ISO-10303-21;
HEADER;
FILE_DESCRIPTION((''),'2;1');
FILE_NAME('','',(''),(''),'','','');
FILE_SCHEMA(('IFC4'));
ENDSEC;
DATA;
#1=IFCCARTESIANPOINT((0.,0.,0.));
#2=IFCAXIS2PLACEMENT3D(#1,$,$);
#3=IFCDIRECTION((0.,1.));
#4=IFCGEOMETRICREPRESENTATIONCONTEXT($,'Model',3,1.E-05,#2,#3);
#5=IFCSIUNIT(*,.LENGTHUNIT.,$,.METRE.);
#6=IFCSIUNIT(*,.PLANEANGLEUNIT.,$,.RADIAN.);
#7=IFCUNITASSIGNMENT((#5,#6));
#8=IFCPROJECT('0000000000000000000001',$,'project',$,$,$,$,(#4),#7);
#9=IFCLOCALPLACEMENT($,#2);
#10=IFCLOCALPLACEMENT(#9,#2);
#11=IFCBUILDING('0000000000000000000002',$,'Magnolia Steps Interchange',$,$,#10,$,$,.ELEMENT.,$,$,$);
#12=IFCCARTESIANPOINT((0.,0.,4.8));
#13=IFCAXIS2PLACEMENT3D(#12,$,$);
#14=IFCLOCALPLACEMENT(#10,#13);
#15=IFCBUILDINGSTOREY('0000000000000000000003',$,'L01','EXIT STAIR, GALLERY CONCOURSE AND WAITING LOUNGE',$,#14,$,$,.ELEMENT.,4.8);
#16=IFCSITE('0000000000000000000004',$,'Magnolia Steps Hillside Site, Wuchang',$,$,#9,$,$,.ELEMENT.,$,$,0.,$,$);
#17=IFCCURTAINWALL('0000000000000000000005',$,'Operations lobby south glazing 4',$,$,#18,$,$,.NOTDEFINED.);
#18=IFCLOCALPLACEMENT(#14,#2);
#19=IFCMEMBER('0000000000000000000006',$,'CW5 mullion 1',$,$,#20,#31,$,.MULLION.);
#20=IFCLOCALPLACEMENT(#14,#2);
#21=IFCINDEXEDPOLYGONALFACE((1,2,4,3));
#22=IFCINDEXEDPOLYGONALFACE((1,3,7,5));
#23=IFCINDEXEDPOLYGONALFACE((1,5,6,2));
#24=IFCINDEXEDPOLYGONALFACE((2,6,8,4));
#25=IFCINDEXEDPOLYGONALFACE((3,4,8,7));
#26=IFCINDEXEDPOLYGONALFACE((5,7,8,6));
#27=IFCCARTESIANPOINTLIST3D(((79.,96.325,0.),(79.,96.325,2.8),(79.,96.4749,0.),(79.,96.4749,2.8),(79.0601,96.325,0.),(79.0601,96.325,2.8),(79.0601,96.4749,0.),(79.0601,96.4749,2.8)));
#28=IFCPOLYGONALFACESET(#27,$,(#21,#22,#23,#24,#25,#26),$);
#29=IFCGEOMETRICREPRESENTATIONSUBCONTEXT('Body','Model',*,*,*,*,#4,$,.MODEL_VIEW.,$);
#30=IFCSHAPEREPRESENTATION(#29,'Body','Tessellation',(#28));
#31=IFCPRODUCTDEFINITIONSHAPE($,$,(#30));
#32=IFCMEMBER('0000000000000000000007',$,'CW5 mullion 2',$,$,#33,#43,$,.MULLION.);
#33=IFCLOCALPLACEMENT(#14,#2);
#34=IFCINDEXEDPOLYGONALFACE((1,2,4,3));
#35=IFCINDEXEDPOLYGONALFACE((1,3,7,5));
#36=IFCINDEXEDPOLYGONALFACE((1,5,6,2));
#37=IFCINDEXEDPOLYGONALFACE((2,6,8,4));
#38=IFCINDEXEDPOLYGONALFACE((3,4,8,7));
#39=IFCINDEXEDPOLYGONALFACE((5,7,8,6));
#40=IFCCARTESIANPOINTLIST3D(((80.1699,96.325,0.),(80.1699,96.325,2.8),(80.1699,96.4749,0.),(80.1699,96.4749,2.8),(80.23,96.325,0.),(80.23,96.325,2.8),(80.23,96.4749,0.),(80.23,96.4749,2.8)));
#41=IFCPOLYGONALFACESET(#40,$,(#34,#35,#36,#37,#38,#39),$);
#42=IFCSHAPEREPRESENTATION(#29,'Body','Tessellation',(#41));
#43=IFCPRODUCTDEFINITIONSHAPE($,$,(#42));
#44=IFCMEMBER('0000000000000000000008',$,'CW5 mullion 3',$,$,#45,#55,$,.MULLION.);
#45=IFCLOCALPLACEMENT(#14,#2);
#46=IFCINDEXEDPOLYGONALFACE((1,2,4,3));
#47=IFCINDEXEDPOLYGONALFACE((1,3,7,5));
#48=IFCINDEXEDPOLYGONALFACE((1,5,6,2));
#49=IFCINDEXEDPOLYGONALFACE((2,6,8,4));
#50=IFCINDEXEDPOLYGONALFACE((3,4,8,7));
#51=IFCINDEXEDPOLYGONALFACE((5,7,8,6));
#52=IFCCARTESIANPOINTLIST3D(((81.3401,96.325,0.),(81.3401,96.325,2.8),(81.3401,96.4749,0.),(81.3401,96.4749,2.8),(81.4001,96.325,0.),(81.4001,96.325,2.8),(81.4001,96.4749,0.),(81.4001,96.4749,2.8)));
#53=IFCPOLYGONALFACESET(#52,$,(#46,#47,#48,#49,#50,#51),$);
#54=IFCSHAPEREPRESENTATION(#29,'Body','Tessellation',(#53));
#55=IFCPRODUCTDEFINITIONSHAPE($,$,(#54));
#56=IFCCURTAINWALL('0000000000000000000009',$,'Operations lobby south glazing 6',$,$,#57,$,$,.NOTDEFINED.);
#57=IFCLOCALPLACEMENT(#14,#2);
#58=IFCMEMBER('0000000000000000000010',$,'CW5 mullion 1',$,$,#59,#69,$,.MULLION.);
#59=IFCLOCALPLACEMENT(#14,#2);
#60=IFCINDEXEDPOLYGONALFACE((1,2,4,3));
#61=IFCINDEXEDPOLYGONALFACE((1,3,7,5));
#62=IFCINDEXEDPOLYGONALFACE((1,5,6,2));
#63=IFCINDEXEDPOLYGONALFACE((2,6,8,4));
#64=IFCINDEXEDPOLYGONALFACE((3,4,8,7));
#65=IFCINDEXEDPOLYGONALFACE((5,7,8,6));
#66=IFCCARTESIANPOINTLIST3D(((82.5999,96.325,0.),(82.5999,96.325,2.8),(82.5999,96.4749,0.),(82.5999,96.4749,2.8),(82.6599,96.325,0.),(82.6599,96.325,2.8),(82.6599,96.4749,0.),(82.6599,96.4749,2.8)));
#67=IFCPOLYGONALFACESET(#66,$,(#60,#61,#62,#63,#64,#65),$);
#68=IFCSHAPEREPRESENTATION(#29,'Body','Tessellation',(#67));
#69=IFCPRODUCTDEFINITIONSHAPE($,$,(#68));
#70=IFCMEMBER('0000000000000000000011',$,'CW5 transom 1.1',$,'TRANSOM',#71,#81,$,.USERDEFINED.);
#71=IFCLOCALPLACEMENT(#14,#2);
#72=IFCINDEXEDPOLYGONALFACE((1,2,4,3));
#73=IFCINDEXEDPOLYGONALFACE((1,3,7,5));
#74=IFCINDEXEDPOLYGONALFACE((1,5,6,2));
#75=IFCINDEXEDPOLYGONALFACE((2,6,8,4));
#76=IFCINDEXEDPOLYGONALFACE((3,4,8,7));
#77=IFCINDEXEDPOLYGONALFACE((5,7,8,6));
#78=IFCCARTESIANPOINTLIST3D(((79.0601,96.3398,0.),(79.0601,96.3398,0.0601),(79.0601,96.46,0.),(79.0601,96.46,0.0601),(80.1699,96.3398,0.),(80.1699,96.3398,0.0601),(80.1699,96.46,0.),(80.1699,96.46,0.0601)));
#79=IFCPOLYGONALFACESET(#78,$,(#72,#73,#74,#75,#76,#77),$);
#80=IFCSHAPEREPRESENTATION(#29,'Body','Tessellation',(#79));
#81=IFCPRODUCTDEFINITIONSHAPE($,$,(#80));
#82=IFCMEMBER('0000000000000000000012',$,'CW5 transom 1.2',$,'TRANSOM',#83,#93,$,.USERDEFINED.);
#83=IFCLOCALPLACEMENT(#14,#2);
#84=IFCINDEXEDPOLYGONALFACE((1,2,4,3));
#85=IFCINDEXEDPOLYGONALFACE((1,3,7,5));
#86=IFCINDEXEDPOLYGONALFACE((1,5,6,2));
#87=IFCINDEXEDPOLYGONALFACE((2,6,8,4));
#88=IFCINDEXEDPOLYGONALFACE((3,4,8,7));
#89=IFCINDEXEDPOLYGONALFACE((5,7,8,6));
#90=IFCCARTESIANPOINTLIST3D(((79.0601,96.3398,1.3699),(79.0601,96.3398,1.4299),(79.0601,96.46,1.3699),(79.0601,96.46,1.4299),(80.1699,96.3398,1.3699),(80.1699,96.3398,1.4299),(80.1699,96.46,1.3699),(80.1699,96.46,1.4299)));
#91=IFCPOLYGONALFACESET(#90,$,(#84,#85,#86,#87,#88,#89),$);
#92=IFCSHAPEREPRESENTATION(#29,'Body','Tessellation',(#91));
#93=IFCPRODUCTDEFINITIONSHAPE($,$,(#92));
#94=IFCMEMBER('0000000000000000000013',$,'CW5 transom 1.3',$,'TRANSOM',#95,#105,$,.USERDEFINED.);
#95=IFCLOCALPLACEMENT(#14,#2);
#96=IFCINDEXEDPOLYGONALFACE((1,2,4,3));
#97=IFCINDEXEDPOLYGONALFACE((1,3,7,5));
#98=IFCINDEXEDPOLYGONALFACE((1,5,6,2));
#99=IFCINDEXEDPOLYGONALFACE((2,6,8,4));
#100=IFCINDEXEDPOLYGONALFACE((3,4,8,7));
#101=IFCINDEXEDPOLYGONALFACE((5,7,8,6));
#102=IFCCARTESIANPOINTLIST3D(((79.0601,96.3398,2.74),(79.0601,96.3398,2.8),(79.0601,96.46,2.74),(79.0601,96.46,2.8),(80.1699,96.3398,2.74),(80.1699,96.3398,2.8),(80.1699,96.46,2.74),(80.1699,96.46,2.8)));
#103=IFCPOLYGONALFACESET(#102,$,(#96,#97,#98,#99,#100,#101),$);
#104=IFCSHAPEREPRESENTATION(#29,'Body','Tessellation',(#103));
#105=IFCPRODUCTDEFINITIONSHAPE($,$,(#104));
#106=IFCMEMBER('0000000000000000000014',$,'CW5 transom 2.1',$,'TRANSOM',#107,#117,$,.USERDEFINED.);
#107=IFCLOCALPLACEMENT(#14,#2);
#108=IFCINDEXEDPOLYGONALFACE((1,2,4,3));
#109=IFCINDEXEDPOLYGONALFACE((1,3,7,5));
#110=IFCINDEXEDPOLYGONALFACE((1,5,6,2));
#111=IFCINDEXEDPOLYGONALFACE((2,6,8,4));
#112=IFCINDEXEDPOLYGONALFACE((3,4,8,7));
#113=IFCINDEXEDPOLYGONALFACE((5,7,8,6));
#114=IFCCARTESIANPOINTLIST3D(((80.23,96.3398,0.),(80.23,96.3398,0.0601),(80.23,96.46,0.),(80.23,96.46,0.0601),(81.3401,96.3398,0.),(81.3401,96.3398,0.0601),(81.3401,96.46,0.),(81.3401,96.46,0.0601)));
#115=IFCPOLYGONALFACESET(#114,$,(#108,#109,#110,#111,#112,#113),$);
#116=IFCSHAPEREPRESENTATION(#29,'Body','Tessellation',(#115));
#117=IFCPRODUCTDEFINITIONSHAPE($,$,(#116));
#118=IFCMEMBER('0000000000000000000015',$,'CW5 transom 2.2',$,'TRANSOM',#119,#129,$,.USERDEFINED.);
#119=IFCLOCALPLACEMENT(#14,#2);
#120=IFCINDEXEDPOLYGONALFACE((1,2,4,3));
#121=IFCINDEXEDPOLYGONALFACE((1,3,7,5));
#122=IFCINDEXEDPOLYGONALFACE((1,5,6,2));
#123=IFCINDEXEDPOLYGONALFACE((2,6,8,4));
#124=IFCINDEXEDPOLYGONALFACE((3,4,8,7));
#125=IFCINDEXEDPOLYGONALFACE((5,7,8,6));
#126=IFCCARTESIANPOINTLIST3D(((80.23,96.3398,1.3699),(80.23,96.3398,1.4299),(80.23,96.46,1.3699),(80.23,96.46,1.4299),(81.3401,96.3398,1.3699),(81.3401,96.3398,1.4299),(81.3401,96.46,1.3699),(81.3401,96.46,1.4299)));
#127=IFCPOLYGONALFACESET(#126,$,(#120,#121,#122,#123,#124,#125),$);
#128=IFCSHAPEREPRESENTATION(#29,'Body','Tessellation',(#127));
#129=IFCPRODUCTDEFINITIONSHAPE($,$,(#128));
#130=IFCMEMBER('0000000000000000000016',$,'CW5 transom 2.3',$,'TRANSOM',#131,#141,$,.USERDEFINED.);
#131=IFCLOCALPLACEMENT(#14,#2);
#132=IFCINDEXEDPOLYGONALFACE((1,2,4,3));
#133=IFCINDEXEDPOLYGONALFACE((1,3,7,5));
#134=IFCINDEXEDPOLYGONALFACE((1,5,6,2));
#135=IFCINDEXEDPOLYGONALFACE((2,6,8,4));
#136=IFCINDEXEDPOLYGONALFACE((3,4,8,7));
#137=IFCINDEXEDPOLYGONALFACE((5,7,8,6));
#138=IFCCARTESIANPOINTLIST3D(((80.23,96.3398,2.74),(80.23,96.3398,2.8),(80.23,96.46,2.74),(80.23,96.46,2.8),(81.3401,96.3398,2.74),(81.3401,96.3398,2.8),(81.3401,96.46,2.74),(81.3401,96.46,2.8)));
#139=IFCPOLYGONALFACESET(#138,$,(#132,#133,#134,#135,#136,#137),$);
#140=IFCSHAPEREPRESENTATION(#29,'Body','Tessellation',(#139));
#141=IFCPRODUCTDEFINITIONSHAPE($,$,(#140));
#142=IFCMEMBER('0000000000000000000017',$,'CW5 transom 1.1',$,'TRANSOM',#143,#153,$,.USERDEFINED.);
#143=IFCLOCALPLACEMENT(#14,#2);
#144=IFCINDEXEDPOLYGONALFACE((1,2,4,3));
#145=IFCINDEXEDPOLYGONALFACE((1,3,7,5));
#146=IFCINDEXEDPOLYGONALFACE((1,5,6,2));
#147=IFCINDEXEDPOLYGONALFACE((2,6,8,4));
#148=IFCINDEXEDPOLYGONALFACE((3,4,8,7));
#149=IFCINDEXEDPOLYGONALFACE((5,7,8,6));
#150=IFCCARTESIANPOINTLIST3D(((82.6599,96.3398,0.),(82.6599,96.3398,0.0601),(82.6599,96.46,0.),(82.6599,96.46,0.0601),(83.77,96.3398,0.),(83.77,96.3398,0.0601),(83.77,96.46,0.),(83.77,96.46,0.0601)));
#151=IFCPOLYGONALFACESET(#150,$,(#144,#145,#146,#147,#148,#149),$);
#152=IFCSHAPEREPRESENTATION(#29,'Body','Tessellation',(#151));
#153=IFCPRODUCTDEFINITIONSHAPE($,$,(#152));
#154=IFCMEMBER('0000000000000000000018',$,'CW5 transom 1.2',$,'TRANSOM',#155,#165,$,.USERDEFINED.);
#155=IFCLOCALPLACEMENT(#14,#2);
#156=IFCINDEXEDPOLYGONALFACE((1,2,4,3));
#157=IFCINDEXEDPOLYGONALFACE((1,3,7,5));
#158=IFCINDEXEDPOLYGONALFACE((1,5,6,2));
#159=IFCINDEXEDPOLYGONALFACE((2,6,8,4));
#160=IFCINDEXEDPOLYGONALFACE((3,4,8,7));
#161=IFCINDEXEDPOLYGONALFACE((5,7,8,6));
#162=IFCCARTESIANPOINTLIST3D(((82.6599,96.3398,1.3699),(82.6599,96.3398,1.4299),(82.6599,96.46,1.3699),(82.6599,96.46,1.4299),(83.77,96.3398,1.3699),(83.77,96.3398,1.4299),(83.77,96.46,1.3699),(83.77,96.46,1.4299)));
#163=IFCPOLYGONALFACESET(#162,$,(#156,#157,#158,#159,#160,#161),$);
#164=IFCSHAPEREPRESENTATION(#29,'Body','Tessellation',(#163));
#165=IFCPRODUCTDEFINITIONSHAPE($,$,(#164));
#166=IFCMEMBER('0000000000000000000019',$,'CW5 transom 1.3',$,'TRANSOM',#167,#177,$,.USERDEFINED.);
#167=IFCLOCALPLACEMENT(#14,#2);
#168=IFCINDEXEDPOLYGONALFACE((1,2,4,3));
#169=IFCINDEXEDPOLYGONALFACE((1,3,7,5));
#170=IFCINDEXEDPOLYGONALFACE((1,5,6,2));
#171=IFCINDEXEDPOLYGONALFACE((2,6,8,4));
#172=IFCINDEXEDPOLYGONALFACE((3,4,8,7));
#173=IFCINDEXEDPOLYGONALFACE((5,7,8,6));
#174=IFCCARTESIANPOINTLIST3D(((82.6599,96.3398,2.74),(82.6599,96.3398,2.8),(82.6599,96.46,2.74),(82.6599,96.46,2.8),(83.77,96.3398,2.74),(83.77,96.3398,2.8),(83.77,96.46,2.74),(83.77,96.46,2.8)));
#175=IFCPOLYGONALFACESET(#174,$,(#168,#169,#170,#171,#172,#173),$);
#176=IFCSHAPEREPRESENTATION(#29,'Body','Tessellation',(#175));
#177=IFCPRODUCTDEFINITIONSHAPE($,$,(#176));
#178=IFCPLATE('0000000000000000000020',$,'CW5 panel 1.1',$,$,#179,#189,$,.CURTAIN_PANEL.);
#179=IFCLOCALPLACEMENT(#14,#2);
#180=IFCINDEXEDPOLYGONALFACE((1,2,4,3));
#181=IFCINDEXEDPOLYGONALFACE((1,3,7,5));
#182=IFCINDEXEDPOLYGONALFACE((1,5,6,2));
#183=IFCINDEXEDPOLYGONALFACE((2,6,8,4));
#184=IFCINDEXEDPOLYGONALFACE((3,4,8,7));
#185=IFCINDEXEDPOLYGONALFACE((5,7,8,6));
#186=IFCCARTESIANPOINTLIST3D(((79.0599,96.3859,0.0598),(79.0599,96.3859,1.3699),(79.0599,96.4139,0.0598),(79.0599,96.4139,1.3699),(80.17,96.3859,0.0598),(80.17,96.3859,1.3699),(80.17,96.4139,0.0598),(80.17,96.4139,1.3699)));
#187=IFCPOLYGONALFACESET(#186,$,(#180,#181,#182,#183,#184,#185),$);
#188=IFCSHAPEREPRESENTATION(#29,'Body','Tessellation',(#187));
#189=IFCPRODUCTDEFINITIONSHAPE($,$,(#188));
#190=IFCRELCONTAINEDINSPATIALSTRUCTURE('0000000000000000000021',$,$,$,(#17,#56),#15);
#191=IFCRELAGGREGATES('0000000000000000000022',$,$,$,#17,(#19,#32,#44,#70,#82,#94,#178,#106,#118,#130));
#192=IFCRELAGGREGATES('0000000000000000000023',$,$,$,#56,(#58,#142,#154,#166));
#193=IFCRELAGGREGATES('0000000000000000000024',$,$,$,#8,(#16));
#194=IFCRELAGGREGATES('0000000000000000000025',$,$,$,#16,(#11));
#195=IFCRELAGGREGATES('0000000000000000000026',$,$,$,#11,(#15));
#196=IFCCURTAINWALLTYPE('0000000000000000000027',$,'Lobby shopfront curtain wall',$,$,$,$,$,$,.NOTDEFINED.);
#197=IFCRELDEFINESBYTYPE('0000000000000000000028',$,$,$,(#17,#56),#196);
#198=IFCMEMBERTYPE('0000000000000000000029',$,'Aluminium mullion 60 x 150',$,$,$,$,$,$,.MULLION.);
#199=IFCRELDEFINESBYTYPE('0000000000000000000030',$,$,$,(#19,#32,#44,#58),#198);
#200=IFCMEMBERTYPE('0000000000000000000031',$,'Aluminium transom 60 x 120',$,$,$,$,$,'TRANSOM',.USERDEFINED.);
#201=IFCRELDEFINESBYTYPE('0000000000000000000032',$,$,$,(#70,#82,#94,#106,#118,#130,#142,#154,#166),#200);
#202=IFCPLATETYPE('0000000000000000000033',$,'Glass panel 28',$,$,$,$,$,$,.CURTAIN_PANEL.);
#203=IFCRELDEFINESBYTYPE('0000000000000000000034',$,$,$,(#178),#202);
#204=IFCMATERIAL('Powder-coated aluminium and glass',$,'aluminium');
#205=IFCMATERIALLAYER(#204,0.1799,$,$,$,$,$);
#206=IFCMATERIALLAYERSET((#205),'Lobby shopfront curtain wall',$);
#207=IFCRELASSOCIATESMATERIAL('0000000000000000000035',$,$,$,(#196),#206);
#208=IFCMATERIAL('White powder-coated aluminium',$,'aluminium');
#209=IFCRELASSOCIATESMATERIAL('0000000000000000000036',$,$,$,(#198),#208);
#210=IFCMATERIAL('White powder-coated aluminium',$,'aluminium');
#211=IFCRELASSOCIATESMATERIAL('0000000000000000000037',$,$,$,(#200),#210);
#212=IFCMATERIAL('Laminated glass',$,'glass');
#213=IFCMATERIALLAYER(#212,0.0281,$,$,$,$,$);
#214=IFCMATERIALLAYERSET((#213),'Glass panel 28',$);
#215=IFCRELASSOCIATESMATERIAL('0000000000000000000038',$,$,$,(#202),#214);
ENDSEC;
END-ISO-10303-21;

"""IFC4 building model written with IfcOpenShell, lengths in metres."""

from ifc_helpers import new_model, si_unit, direction, frame, origin, origin_2d, place, context, subcontext, project, spatial, rectangle, extrude, material, layer, layer_set, material_profile, profile_set, type_object, element, aggregate, save


model = new_model("IFC4")

# Units and contexts
model_context = context("Model", 3, precision=1e-05, world=origin(), true_north=direction((0.0, 1.0)))
body_context = subcontext(model_context, "Body", "Model", "MODEL_VIEW")
ifc_project = project(units=[si_unit("LENGTHUNIT", "METRE"), si_unit("PLANEANGLEUNIT", "RADIAN")], contexts=[model_context])

# Site, building, storey
site_placement = place(None, origin())
site = spatial("IfcSite", under=ifc_project, at=site_placement, Name="Magnolia Steps Hillside Site, Wuchang", CompositionType="ELEMENT", RefElevation=0.0)
building_placement = place(site_placement, origin())
building = spatial("IfcBuilding", under=site, at=building_placement, Name="Magnolia Steps Interchange", CompositionType="ELEMENT")
storey_placement = place(building_placement, frame((0.0, 0.0, 4.8)))
storey = spatial("IfcBuildingStorey", under=building, at=storey_placement, Name="L01", Description="EXIT STAIR, GALLERY CONCOURSE AND WAITING LOUNGE", CompositionType="ELEMENT", Elevation=4.8)

# Curtain wall, members
ifc_material_1 = material(Name="Powder-coated aluminium and glass", Category="aluminium")
ifc_layer_1 = layer(ifc_material_1, 0.1799)
ifc_layer_set_1 = layer_set([ifc_layer_1], Name="Lobby shopfront curtain wall")
curtain_wall_type = type_object("IfcCurtainWallType", Name="Lobby shopfront curtain wall", PredefinedType="NOTDEFINED", material=ifc_layer_set_1)
curtain_wall_1_placement = place(storey_placement, origin())
curtain_wall_1 = element("IfcCurtainWall", 1, at=curtain_wall_1_placement, inside=storey, type_object=curtain_wall_type, Name="Operations lobby south glazing 4", PredefinedType="NOTDEFINED")
ifc_material_2 = material(Name="White powder-coated aluminium", Category="aluminium")
ifc_material_profile_1 = material_profile(ifc_material_2, rectangle(XDim=0.0601, YDim=0.1499, at=origin_2d()), Name="Aluminium mullion 60 x 150")
ifc_profile_set_1 = profile_set([ifc_material_profile_1], Name="White powder-coated aluminium")
member_type_1 = type_object("IfcMemberType", Name="Aluminium mullion 60 x 150", PredefinedType="MULLION", material=ifc_profile_set_1)
member_1_placement = place(storey_placement, frame((79.03, 96.3999, 0.0), z_axis=(0.0, 0.0, 1.0), x_axis=(1.0, 0.0, 0.0)))
member_1 = element("IfcMember", 2, at=member_1_placement, type_object=member_type_1, Name="CW5 mullion 1", PredefinedType="MULLION", context=body_context, shape_type="SweptSolid", body=[
    extrude(rectangle(XDim=0.0601, YDim=0.1499, at=origin_2d()), origin(), (0.0, 0.0, 1.0), 2.8),
])
member_2_placement = place(storey_placement, frame((80.2, 96.3999, 0.0), z_axis=(0.0, 0.0, 1.0), x_axis=(1.0, 0.0, 0.0)))
member_2 = element("IfcMember", 3, at=member_2_placement, type_object=member_type_1, Name="CW5 mullion 2", PredefinedType="MULLION", context=body_context, shape_type="SweptSolid", body=[
    extrude(rectangle(XDim=0.0601, YDim=0.1499, at=origin_2d()), origin(), (0.0, 0.0, 1.0), 2.8),
])
member_3_placement = place(storey_placement, frame((81.3701, 96.3999, 0.0), z_axis=(0.0, 0.0, 1.0), x_axis=(1.0, 0.0, 0.0)))
member_3 = element("IfcMember", 4, at=member_3_placement, type_object=member_type_1, Name="CW5 mullion 3", PredefinedType="MULLION", context=body_context, shape_type="SweptSolid", body=[
    extrude(rectangle(XDim=0.0601, YDim=0.1499, at=origin_2d()), origin(), (0.0, 0.0, 1.0), 2.8),
])

# Curtain wall, member
curtain_wall_2_placement = place(storey_placement, origin())
curtain_wall_2 = element("IfcCurtainWall", 5, at=curtain_wall_2_placement, inside=storey, type_object=curtain_wall_type, Name="Operations lobby south glazing 6", PredefinedType="NOTDEFINED")
member_4_placement = place(storey_placement, frame((82.6299, 96.3999, 0.0), z_axis=(0.0, 0.0, 1.0), x_axis=(1.0, 0.0, 0.0)))
member_4 = element("IfcMember", 6, at=member_4_placement, type_object=member_type_1, Name="CW5 mullion 1", PredefinedType="MULLION", context=body_context, shape_type="SweptSolid", body=[
    extrude(rectangle(XDim=0.0601, YDim=0.1499, at=origin_2d()), origin(), (0.0, 0.0, 1.0), 2.8),
])

# Members
ifc_material_3 = material(Name="White powder-coated aluminium", Category="aluminium")
ifc_material_profile_2 = material_profile(ifc_material_3, rectangle(XDim=0.0601, YDim=0.1201, at=origin_2d()), Name="Aluminium transom 60 x 120")
ifc_profile_set_2 = profile_set([ifc_material_profile_2], Name="White powder-coated aluminium")
member_type_2 = type_object("IfcMemberType", Name="Aluminium transom 60 x 120", ElementType="TRANSOM", PredefinedType="USERDEFINED", material=ifc_profile_set_2)
member_5_placement = place(storey_placement, frame((79.0601, 96.3999, 0.03), z_axis=(1.0, 0.0, 0.0), x_axis=(0.0, 0.0, 1.0)))
member_5 = element("IfcMember", 7, at=member_5_placement, type_object=member_type_2, Name="CW5 transom 1.1", ObjectType="TRANSOM", PredefinedType="USERDEFINED", context=body_context, shape_type="SweptSolid", body=[
    extrude(rectangle(XDim=0.0601, YDim=0.1201, at=origin_2d()), origin(), (0.0, 0.0, 1.0), 1.1099),
])
member_6_placement = place(storey_placement, frame((79.0601, 96.3999, 1.3999), z_axis=(1.0, 0.0, 0.0), x_axis=(0.0, 0.0, 1.0)))
member_6 = element("IfcMember", 8, at=member_6_placement, type_object=member_type_2, Name="CW5 transom 1.2", ObjectType="TRANSOM", PredefinedType="USERDEFINED", context=body_context, shape_type="SweptSolid", body=[
    extrude(rectangle(XDim=0.0601, YDim=0.1201, at=origin_2d()), origin(), (0.0, 0.0, 1.0), 1.1099),
])
member_7_placement = place(storey_placement, frame((79.0601, 96.3999, 2.77), z_axis=(1.0, 0.0, 0.0), x_axis=(0.0, 0.0, 1.0)))
member_7 = element("IfcMember", 9, at=member_7_placement, type_object=member_type_2, Name="CW5 transom 1.3", ObjectType="TRANSOM", PredefinedType="USERDEFINED", context=body_context, shape_type="SweptSolid", body=[
    extrude(rectangle(XDim=0.0601, YDim=0.1201, at=origin_2d()), origin(), (0.0, 0.0, 1.0), 1.1099),
])
member_8_placement = place(storey_placement, frame((80.23, 96.3999, 0.03), z_axis=(1.0, 0.0, 0.0), x_axis=(0.0, 0.0, 1.0)))
member_8 = element("IfcMember", 10, at=member_8_placement, type_object=member_type_2, Name="CW5 transom 2.1", ObjectType="TRANSOM", PredefinedType="USERDEFINED", context=body_context, shape_type="SweptSolid", body=[
    extrude(rectangle(XDim=0.0601, YDim=0.1201, at=origin_2d()), origin(), (0.0, 0.0, 1.0), 1.1101),
])
member_9_placement = place(storey_placement, frame((80.23, 96.3999, 1.3999), z_axis=(1.0, 0.0, 0.0), x_axis=(0.0, 0.0, 1.0)))
member_9 = element("IfcMember", 11, at=member_9_placement, type_object=member_type_2, Name="CW5 transom 2.2", ObjectType="TRANSOM", PredefinedType="USERDEFINED", context=body_context, shape_type="SweptSolid", body=[
    extrude(rectangle(XDim=0.0601, YDim=0.1201, at=origin_2d()), origin(), (0.0, 0.0, 1.0), 1.1101),
])
member_10_placement = place(storey_placement, frame((80.23, 96.3999, 2.77), z_axis=(1.0, 0.0, 0.0), x_axis=(0.0, 0.0, 1.0)))
member_10 = element("IfcMember", 12, at=member_10_placement, type_object=member_type_2, Name="CW5 transom 2.3", ObjectType="TRANSOM", PredefinedType="USERDEFINED", context=body_context, shape_type="SweptSolid", body=[
    extrude(rectangle(XDim=0.0601, YDim=0.1201, at=origin_2d()), origin(), (0.0, 0.0, 1.0), 1.1101),
])
member_11_placement = place(storey_placement, frame((82.6599, 96.3999, 0.03), z_axis=(1.0, 0.0, 0.0), x_axis=(0.0, 0.0, 1.0)))
member_11 = element("IfcMember", 13, at=member_11_placement, type_object=member_type_2, Name="CW5 transom 1.1", ObjectType="TRANSOM", PredefinedType="USERDEFINED", context=body_context, shape_type="SweptSolid", body=[
    extrude(rectangle(XDim=0.0601, YDim=0.1201, at=origin_2d()), origin(), (0.0, 0.0, 1.0), 1.1101),
])
member_12_placement = place(storey_placement, frame((82.6599, 96.3999, 1.3999), z_axis=(1.0, 0.0, 0.0), x_axis=(0.0, 0.0, 1.0)))
member_12 = element("IfcMember", 14, at=member_12_placement, type_object=member_type_2, Name="CW5 transom 1.2", ObjectType="TRANSOM", PredefinedType="USERDEFINED", context=body_context, shape_type="SweptSolid", body=[
    extrude(rectangle(XDim=0.0601, YDim=0.1201, at=origin_2d()), origin(), (0.0, 0.0, 1.0), 1.1101),
])
member_13_placement = place(storey_placement, frame((82.6599, 96.3999, 2.77), z_axis=(1.0, 0.0, 0.0), x_axis=(0.0, 0.0, 1.0)))
member_13 = element("IfcMember", 15, at=member_13_placement, type_object=member_type_2, Name="CW5 transom 1.3", ObjectType="TRANSOM", PredefinedType="USERDEFINED", context=body_context, shape_type="SweptSolid", body=[
    extrude(rectangle(XDim=0.0601, YDim=0.1201, at=origin_2d()), origin(), (0.0, 0.0, 1.0), 1.1101),
])

# Plate
ifc_material_4 = material(Name="Laminated glass", Category="glass")
ifc_layer_2 = layer(ifc_material_4, 0.0281)
ifc_layer_set_2 = layer_set([ifc_layer_2], Name="Glass panel 28")
plate_type = type_object("IfcPlateType", Name="Glass panel 28", PredefinedType="CURTAIN_PANEL", material=ifc_layer_set_2)
plate_1_placement = place(storey_placement, frame((79.615, 96.3999, 0.0598), z_axis=(0.0, 0.0, 1.0), x_axis=(1.0, 0.0, 0.0)))
plate_1 = element("IfcPlate", 16, at=plate_1_placement, type_object=plate_type, Name="CW5 panel 1.1", PredefinedType="CURTAIN_PANEL", context=body_context, shape_type="SweptSolid", body=[
    extrude(rectangle(XDim=1.1101, YDim=0.0281, at=origin_2d()), origin(), (0.0, 0.0, 1.0), 1.3101),
])
aggregate(curtain_wall_1, [member_1, member_2, member_3, member_5, member_6, member_7, plate_1, member_8, member_9, member_10])
aggregate(curtain_wall_2, [member_4, member_11, member_12, member_13])

save(model, "model.ifc")
